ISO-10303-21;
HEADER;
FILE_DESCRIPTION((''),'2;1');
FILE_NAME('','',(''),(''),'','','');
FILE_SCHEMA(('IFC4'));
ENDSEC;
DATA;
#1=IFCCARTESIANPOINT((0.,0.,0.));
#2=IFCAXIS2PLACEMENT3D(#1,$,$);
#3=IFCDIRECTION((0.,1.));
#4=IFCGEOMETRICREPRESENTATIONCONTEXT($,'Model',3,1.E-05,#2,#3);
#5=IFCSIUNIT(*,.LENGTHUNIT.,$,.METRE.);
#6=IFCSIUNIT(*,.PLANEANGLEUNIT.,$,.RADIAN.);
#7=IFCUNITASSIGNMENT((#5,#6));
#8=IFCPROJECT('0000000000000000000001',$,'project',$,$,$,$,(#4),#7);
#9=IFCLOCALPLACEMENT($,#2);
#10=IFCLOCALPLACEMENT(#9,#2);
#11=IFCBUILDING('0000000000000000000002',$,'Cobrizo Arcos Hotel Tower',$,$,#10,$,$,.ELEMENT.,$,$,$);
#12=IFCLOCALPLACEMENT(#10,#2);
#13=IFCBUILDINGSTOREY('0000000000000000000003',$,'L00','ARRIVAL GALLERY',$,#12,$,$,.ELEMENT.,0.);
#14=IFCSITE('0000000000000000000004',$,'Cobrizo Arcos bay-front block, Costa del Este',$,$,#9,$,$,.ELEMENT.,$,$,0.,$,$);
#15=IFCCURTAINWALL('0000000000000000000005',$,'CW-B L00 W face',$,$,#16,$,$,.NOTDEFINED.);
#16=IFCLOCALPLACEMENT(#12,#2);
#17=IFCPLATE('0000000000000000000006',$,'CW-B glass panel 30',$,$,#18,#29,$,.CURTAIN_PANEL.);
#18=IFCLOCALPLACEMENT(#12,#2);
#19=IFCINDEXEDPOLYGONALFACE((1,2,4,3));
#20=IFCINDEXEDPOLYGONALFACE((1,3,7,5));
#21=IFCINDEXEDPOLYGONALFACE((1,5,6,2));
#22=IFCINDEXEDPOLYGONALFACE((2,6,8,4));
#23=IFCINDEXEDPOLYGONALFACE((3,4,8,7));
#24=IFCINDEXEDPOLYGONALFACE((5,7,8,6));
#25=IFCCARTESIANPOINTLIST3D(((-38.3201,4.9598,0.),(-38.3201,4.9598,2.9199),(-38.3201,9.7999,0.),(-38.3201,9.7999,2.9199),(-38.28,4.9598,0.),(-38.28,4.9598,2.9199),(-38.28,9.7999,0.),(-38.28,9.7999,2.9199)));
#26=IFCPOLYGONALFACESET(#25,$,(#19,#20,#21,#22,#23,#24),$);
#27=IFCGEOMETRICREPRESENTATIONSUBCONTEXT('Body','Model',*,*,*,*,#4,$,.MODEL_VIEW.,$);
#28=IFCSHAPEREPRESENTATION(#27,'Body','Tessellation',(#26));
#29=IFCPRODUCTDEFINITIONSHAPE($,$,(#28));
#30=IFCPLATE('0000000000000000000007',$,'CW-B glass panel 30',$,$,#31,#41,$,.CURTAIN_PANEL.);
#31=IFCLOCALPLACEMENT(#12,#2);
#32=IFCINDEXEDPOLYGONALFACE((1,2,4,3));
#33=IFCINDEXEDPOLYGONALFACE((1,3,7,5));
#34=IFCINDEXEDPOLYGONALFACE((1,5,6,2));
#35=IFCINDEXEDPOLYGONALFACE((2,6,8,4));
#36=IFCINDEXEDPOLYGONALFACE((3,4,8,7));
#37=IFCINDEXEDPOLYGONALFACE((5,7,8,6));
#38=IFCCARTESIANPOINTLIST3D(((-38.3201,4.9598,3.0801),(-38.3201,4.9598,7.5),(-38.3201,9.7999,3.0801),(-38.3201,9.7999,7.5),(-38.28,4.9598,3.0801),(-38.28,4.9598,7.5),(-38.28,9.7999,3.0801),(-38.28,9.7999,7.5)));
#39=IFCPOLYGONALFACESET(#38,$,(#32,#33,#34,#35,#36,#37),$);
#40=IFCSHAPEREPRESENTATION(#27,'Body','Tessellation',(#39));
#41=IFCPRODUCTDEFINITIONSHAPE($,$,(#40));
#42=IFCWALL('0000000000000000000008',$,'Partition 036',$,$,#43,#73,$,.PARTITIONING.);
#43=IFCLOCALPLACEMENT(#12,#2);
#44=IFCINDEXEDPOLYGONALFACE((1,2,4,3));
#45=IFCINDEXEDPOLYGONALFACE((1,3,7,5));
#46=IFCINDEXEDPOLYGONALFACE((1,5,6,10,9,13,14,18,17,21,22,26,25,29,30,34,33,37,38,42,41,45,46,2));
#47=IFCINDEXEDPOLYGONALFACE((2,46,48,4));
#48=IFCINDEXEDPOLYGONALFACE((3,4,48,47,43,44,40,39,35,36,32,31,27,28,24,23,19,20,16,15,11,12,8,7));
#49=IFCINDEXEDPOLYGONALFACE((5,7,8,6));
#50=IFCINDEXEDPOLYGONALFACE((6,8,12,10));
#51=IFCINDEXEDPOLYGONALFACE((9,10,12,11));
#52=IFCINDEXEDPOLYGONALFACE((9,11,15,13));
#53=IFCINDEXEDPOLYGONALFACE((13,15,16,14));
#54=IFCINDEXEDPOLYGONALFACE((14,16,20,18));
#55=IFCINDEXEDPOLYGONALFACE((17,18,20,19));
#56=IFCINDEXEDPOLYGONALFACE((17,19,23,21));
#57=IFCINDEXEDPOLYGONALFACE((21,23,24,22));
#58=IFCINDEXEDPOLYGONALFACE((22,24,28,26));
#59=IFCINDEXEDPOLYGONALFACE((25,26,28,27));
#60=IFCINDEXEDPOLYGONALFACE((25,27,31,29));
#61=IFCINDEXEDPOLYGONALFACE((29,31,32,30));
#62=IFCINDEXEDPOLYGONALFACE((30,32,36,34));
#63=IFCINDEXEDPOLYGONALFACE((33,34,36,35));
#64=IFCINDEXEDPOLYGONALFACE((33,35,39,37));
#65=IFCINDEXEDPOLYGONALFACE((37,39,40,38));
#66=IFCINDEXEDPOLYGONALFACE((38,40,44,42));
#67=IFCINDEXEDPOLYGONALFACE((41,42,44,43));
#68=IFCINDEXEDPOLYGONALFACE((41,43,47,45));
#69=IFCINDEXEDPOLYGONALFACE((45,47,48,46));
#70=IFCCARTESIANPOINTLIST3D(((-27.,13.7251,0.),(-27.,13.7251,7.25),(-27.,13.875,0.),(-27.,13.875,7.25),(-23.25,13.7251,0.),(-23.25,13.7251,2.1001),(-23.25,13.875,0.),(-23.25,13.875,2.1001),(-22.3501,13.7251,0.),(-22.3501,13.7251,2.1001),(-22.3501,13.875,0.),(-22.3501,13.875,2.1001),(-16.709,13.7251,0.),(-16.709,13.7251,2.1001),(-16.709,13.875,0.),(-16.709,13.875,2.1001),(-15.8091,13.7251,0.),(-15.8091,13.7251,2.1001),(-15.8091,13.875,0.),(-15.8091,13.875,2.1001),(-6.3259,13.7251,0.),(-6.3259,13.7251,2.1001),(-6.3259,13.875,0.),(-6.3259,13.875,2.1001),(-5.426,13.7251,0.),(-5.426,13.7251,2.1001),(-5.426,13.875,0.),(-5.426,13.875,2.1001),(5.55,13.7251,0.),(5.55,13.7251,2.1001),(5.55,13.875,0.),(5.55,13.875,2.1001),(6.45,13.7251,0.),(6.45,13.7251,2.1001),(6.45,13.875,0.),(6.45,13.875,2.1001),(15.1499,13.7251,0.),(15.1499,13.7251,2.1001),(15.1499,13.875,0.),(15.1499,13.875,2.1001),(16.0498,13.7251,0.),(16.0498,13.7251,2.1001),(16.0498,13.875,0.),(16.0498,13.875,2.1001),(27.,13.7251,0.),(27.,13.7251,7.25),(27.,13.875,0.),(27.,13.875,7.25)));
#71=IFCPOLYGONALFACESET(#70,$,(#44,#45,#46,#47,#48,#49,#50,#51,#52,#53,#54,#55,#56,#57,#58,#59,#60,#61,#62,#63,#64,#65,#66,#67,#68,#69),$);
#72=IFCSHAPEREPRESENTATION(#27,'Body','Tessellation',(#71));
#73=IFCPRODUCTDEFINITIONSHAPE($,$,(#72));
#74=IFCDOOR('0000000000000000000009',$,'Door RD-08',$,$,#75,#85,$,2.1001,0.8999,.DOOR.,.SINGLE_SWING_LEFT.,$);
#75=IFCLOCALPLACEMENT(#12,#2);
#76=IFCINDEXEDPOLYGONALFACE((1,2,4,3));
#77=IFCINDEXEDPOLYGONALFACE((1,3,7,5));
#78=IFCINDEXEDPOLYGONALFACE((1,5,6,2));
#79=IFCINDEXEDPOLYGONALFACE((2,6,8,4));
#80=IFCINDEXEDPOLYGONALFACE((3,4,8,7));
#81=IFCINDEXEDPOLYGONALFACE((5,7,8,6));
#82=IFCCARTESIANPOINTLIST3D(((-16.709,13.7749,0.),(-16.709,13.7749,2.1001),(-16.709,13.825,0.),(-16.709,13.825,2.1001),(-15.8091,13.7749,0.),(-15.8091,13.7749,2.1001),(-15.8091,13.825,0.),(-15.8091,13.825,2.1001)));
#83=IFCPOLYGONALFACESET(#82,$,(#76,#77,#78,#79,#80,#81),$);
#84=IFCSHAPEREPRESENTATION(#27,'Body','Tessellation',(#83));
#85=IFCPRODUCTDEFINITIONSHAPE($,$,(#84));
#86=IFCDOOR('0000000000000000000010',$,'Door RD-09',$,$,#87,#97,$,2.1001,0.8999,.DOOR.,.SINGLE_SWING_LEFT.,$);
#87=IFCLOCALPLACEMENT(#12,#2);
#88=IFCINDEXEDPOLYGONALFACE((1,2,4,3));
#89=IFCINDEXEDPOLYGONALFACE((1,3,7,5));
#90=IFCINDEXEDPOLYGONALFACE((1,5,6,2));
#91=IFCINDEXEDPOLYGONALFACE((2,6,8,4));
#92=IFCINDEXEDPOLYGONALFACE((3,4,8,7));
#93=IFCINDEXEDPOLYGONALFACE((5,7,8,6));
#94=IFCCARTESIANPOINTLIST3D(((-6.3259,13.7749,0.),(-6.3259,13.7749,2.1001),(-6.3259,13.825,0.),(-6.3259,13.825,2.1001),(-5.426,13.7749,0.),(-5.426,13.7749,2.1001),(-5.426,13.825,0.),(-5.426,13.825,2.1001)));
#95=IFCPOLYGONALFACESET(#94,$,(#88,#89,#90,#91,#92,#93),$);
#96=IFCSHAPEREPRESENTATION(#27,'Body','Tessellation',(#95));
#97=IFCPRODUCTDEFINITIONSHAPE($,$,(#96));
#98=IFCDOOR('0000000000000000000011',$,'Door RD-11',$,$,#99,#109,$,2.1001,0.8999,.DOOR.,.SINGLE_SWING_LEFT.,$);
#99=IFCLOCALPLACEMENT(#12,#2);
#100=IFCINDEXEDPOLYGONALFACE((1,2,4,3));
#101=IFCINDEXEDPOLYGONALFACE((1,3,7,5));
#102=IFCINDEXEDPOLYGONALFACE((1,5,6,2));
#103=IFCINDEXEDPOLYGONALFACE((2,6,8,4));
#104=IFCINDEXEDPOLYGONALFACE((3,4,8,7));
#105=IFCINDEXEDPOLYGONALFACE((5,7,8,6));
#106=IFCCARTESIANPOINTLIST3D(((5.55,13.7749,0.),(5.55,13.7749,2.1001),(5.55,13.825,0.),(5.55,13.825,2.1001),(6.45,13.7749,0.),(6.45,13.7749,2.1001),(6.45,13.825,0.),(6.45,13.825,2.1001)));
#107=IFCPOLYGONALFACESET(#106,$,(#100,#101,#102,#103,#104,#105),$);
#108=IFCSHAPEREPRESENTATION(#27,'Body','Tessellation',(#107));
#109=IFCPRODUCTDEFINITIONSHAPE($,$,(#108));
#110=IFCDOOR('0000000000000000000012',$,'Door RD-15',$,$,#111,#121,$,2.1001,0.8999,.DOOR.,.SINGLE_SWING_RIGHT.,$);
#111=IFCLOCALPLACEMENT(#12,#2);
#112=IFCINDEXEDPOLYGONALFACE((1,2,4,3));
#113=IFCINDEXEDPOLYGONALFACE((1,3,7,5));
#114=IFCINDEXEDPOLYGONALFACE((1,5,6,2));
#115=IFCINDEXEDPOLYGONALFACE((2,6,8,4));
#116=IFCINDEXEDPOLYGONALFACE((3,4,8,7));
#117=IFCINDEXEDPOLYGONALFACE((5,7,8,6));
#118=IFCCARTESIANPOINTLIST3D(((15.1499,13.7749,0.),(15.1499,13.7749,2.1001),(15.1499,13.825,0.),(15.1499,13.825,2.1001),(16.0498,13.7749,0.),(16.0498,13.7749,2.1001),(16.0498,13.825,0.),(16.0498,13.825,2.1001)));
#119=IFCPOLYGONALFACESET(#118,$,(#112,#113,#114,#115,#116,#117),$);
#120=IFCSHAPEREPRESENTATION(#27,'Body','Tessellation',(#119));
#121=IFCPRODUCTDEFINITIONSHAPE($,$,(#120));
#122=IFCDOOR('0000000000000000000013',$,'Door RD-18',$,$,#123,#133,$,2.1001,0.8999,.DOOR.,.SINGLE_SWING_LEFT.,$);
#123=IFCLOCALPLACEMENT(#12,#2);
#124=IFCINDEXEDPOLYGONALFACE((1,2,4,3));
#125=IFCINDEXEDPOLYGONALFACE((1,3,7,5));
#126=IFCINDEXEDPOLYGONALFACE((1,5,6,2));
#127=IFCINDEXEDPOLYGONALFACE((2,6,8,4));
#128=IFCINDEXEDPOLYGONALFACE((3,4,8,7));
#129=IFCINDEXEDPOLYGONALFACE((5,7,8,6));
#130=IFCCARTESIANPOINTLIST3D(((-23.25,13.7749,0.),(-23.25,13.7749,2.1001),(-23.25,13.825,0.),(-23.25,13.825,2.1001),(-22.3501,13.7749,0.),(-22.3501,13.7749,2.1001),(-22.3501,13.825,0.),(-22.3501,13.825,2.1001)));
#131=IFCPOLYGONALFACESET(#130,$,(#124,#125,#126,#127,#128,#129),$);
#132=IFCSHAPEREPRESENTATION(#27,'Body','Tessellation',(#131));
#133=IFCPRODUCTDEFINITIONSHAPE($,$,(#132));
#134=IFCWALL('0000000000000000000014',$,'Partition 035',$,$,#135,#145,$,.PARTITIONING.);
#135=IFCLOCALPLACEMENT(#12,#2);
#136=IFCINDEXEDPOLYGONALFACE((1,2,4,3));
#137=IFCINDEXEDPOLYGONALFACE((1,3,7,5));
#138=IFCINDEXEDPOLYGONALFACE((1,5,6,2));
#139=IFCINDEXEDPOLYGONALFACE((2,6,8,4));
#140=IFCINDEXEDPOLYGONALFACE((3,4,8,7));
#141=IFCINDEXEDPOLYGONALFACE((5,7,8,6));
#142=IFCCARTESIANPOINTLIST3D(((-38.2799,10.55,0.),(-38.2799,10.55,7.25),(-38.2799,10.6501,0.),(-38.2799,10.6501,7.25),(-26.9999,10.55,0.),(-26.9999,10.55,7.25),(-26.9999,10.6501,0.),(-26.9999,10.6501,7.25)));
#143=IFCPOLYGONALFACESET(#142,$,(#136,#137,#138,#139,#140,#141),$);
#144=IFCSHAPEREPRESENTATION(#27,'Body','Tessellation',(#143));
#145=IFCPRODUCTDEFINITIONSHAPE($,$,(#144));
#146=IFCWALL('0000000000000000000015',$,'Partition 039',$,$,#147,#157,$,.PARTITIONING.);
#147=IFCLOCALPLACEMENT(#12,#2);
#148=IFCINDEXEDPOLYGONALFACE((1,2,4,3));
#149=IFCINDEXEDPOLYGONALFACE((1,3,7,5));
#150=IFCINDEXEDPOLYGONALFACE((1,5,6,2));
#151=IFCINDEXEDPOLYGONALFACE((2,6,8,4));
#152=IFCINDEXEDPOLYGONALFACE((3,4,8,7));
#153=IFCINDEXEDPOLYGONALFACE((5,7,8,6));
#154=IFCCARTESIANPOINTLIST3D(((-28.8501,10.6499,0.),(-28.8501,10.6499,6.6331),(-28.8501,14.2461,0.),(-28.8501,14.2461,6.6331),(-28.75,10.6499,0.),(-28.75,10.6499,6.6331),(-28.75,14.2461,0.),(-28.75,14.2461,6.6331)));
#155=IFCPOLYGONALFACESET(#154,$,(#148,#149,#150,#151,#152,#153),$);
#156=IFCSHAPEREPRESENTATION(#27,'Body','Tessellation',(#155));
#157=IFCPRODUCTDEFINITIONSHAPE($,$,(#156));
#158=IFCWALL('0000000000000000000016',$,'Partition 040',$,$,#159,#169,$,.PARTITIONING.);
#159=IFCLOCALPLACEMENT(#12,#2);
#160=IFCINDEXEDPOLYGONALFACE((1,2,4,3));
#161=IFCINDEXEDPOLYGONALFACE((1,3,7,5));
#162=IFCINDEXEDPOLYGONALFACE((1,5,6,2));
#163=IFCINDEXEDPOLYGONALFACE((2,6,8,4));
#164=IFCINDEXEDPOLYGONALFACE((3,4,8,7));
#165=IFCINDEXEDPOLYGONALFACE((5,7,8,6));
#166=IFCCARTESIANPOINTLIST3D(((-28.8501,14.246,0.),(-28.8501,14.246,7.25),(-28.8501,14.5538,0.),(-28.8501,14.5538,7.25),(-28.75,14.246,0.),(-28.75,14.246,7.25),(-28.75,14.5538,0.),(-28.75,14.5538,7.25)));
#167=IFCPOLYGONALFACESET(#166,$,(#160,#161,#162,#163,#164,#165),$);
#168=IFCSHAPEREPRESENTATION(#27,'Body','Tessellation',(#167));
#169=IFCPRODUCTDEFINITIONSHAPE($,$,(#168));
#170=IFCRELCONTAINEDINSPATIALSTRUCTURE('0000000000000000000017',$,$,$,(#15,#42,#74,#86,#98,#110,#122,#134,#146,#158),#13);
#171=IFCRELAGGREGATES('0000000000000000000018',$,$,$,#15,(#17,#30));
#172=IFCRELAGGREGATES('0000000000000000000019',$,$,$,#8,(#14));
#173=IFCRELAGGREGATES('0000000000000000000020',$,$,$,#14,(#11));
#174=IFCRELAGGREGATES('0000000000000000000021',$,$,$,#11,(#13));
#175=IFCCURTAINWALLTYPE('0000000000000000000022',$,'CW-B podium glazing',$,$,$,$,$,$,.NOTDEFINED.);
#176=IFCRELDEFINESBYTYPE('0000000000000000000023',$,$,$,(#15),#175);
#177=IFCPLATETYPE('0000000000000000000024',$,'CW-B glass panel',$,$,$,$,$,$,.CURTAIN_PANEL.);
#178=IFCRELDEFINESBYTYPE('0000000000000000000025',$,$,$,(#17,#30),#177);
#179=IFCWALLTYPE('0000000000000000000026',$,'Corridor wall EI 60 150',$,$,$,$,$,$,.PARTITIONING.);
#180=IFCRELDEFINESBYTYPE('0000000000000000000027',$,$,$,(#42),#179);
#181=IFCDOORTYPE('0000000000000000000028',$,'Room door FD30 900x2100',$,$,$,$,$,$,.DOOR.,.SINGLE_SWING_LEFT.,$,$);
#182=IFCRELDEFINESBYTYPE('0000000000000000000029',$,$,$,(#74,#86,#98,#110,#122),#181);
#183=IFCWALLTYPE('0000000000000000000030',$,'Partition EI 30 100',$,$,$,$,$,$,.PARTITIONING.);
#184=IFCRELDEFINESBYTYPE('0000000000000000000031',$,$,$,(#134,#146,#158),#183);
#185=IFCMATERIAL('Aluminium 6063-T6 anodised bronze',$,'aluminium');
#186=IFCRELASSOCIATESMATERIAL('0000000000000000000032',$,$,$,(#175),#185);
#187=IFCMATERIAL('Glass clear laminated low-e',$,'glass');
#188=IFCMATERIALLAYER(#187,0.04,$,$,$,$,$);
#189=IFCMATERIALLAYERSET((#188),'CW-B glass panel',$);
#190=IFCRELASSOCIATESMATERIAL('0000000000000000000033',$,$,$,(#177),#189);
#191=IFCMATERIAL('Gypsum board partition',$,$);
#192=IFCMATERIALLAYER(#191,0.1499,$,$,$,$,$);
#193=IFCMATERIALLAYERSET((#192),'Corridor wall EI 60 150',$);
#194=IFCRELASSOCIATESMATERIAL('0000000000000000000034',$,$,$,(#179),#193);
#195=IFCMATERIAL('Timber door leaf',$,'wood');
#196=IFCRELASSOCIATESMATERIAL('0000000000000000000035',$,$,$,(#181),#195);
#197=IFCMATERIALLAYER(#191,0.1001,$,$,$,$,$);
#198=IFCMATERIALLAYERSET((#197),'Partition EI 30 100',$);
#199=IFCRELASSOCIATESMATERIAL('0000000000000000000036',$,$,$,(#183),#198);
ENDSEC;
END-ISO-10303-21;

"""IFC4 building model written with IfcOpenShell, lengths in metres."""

from ifc_helpers import new_model, si_unit, direction, frame, frame_2d, origin, origin_2d, place, context, subcontext, project, spatial, rectangle, extrude, material, layer, layer_set, type_object, element, fill, aggregate, save


model = new_model("IFC4")

# Units and contexts
model_context = context("Model", 3, precision=1e-05, world=origin(), true_north=direction((0.0, 1.0)))
body_context = subcontext(model_context, "Body", "Model", "MODEL_VIEW")
ifc_project = project(units=[si_unit("LENGTHUNIT", "METRE"), si_unit("PLANEANGLEUNIT", "RADIAN")], contexts=[model_context])

# Site, building, storey
site_placement = place(None, origin())
site = spatial("IfcSite", under=ifc_project, at=site_placement, Name="Cobrizo Arcos bay-front block, Costa del Este", CompositionType="ELEMENT", RefElevation=0.0)
building_placement = place(site_placement, origin())
building = spatial("IfcBuilding", under=site, at=building_placement, Name="Cobrizo Arcos Hotel Tower", CompositionType="ELEMENT")
storey_placement = place(building_placement, origin())
storey = spatial("IfcBuildingStorey", under=building, at=storey_placement, Name="L00", Description="ARRIVAL GALLERY", CompositionType="ELEMENT", Elevation=0.0)

# Curtain wall
ifc_material_1 = material(Name="Aluminium 6063-T6 anodised bronze", Category="aluminium")
curtain_wall_type = type_object("IfcCurtainWallType", Name="CW-B podium glazing", PredefinedType="NOTDEFINED", material=ifc_material_1)
curtain_wall_placement = place(storey_placement, origin())
curtain_wall = element("IfcCurtainWall", 1, at=curtain_wall_placement, inside=storey, type_object=curtain_wall_type, Name="CW-B L00 W face", PredefinedType="NOTDEFINED")

# Plates
ifc_material_2 = material(Name="Glass clear laminated low-e", Category="glass")
ifc_layer_1 = layer(ifc_material_2, 0.04)
ifc_layer_set_1 = layer_set([ifc_layer_1], Name="CW-B glass panel")
plate_type = type_object("IfcPlateType", Name="CW-B glass panel", PredefinedType="CURTAIN_PANEL", material=ifc_layer_set_1)
plate_1_placement = place(storey_placement, frame((-38.3, 7.3799, 0.0), z_axis=(0.0, 0.0, 1.0), x_axis=(0.0, -1.0, 0.0)))
plate_1 = element("IfcPlate", 2, at=plate_1_placement, type_object=plate_type, Name="CW-B glass panel 30", PredefinedType="CURTAIN_PANEL", context=body_context, shape_type="SweptSolid", body=[
    extrude(rectangle(XDim=4.8401, YDim=0.04, at=origin_2d()), origin(), (0.0, 0.0, 1.0), 2.9199),
])
plate_2_placement = place(storey_placement, frame((-38.3, 7.3799, 3.0801), z_axis=(0.0, 0.0, 1.0), x_axis=(0.0, -1.0, 0.0)))
plate_2 = element("IfcPlate", 3, at=plate_2_placement, type_object=plate_type, Name="CW-B glass panel 30", PredefinedType="CURTAIN_PANEL", context=body_context, shape_type="SweptSolid", body=[
    extrude(rectangle(XDim=4.8401, YDim=0.04, at=origin_2d()), origin(), (0.0, 0.0, 1.0), 4.4199),
])
aggregate(curtain_wall, [plate_1, plate_2])

# Wall, openings, doors
ifc_material_3 = material(Name="Gypsum board partition")
ifc_layer_2 = layer(ifc_material_3, 0.1499)
ifc_layer_set_2 = layer_set([ifc_layer_2], Name="Corridor wall EI 60 150")
wall_type_1 = type_object("IfcWallType", Name="Corridor wall EI 60 150", PredefinedType="PARTITIONING", material=ifc_layer_set_2)
wall_1_placement = place(storey_placement, frame((-27.0, 13.8, 0.0), z_axis=(0.0, 0.0, 1.0), x_axis=(1.0, 0.0, 0.0)))
wall_1 = element("IfcWall", 4, at=wall_1_placement, inside=storey, type_object=wall_type_1, Name="Partition 036", PredefinedType="PARTITIONING", context=body_context, shape_type="SweptSolid", body=[
    extrude(rectangle(XDim=54.0, YDim=0.1499, at=frame_2d((27.0, 0.0))), origin(), (0.0, 0.0, 1.0), 7.25),
])
opening_1_placement = place(wall_1_placement, frame((10.291, 0.0, 0.0)))
opening_1 = element("IfcOpeningElement", 5, at=opening_1_placement, cuts=wall_1, PredefinedType="OPENING", context=body_context, shape_type="SweptSolid", body=[
    extrude(rectangle(XDim=0.8999, YDim=2.1001, at=frame_2d((0.45, 1.05))), frame((0.0, 0.0869, 0.0), z_axis=(0.0, -1.0, 0.0), x_axis=(1.0, 0.0, 0.0)), (0.0, 0.0, 1.0), 0.1738),
])
opening_2_placement = place(wall_1_placement, frame((20.6741, 0.0, 0.0)))
opening_2 = element("IfcOpeningElement", 6, at=opening_2_placement, cuts=wall_1, PredefinedType="OPENING", context=body_context, shape_type="SweptSolid", body=[
    extrude(rectangle(XDim=0.8999, YDim=2.1001, at=frame_2d((0.45, 1.05))), frame((0.0, 0.0869, 0.0), z_axis=(0.0, -1.0, 0.0), x_axis=(1.0, 0.0, 0.0)), (0.0, 0.0, 1.0), 0.1738),
])
opening_3_placement = place(wall_1_placement, frame((32.55, 0.0, 0.0)))
opening_3 = element("IfcOpeningElement", 7, at=opening_3_placement, cuts=wall_1, PredefinedType="OPENING", context=body_context, shape_type="SweptSolid", body=[
    extrude(rectangle(XDim=0.8999, YDim=2.1001, at=frame_2d((0.45, 1.05))), frame((0.0, 0.0869, 0.0), z_axis=(0.0, -1.0, 0.0), x_axis=(1.0, 0.0, 0.0)), (0.0, 0.0, 1.0), 0.1738),
])
opening_4_placement = place(wall_1_placement, frame((42.1499, 0.0, 0.0)))
opening_4 = element("IfcOpeningElement", 8, at=opening_4_placement, cuts=wall_1, PredefinedType="OPENING", context=body_context, shape_type="SweptSolid", body=[
    extrude(rectangle(XDim=0.8999, YDim=2.1001, at=frame_2d((0.45, 1.05))), frame((0.0, 0.0869, 0.0), z_axis=(0.0, -1.0, 0.0), x_axis=(1.0, 0.0, 0.0)), (0.0, 0.0, 1.0), 0.1738),
])
opening_5_placement = place(wall_1_placement, frame((3.75, 0.0, 0.0)))
opening_5 = element("IfcOpeningElement", 9, at=opening_5_placement, cuts=wall_1, PredefinedType="OPENING", context=body_context, shape_type="SweptSolid", body=[
    extrude(rectangle(XDim=0.8999, YDim=2.1001, at=frame_2d((0.45, 1.05))), frame((0.0, 0.0869, 0.0), z_axis=(0.0, -1.0, 0.0), x_axis=(1.0, 0.0, 0.0)), (0.0, 0.0, 1.0), 0.1738),
])
ifc_material_4 = material(Name="Timber door leaf", Category="wood")
door_type_1 = type_object("IfcDoorType", Name="Room door FD30 900x2100", OperationType="SINGLE_SWING_LEFT", PredefinedType="DOOR", material=ifc_material_4)
door_1_placement = place(opening_1_placement, origin())
door_1 = element("IfcDoor", 10, at=door_1_placement, inside=storey, type_object=door_type_1, Name="Door RD-08", OperationType="SINGLE_SWING_LEFT", OverallHeight=2.1001, OverallWidth=0.8999, PredefinedType="DOOR", context=body_context, shape_type="SweptSolid", body=[
    extrude(rectangle(XDim=0.8999, YDim=2.1001, at=frame_2d((0.45, 1.05))), frame((0.0, 0.0249, 0.0), z_axis=(0.0, -1.0, 0.0), x_axis=(1.0, 0.0, 0.0)), (0.0, 0.0, 1.0), 0.05),
])
fill(opening_1, door_1)
door_2_placement = place(opening_2_placement, origin())
door_2 = element("IfcDoor", 11, at=door_2_placement, inside=storey, type_object=door_type_1, Name="Door RD-09", OperationType="SINGLE_SWING_LEFT", OverallHeight=2.1001, OverallWidth=0.8999, PredefinedType="DOOR", context=body_context, shape_type="SweptSolid", body=[
    extrude(rectangle(XDim=0.8999, YDim=2.1001, at=frame_2d((0.45, 1.05))), frame((0.0, 0.0249, 0.0), z_axis=(0.0, -1.0, 0.0), x_axis=(1.0, 0.0, 0.0)), (0.0, 0.0, 1.0), 0.05),
])
fill(opening_2, door_2)
door_3_placement = place(opening_3_placement, origin())
door_3 = element("IfcDoor", 12, at=door_3_placement, inside=storey, type_object=door_type_1, Name="Door RD-11", OperationType="SINGLE_SWING_LEFT", OverallHeight=2.1001, OverallWidth=0.8999, PredefinedType="DOOR", context=body_context, shape_type="SweptSolid", body=[
    extrude(rectangle(XDim=0.8999, YDim=2.1001, at=frame_2d((0.45, 1.05))), frame((0.0, 0.0249, 0.0), z_axis=(0.0, -1.0, 0.0), x_axis=(1.0, 0.0, 0.0)), (0.0, 0.0, 1.0), 0.05),
])
fill(opening_3, door_3)
door_4_placement = place(opening_4_placement, origin())
door_4 = element("IfcDoor", 13, at=door_4_placement, inside=storey, type_object=door_type_1, Name="Door RD-15", OperationType="SINGLE_SWING_RIGHT", OverallHeight=2.1001, OverallWidth=0.8999, PredefinedType="DOOR", context=body_context, shape_type="SweptSolid", body=[
    extrude(rectangle(XDim=0.8999, YDim=2.1001, at=frame_2d((0.45, 1.05))), frame((0.0, 0.0249, 0.0), z_axis=(0.0, -1.0, 0.0), x_axis=(1.0, 0.0, 0.0)), (0.0, 0.0, 1.0), 0.05),
])
fill(opening_4, door_4)
door_5_placement = place(opening_5_placement, origin())
door_5 = element("IfcDoor", 14, at=door_5_placement, inside=storey, type_object=door_type_1, Name="Door RD-18", OperationType="SINGLE_SWING_LEFT", OverallHeight=2.1001, OverallWidth=0.8999, PredefinedType="DOOR", context=body_context, shape_type="SweptSolid", body=[
    extrude(rectangle(XDim=0.8999, YDim=2.1001, at=frame_2d((0.45, 1.05))), frame((0.0, 0.0249, 0.0), z_axis=(0.0, -1.0, 0.0), x_axis=(1.0, 0.0, 0.0)), (0.0, 0.0, 1.0), 0.05),
])
fill(opening_5, door_5)

# Walls
ifc_layer_3 = layer(ifc_material_3, 0.1001)
ifc_layer_set_3 = layer_set([ifc_layer_3], Name="Partition EI 30 100")
wall_type_2 = type_object("IfcWallType", Name="Partition EI 30 100", PredefinedType="PARTITIONING", material=ifc_layer_set_3)
wall_2_placement = place(storey_placement, frame((-38.28, 10.6001, 0.0), z_axis=(0.0, 0.0, 1.0), x_axis=(1.0, 0.0, 0.0)))
element("IfcWall", 15, at=wall_2_placement, inside=storey, type_object=wall_type_2, Name="Partition 035", PredefinedType="PARTITIONING", context=body_context, shape_type="SweptSolid", body=[
    extrude(rectangle(XDim=11.28, YDim=0.1001, at=frame_2d((5.6401, 0.0))), origin(), (0.0, 0.0, 1.0), 7.25),
])
wall_3_placement = place(storey_placement, frame((-28.8, 10.6499, 0.0), z_axis=(0.0, 0.0, 1.0), x_axis=(0.0, 1.0, 0.0)))
element("IfcWall", 16, at=wall_3_placement, inside=storey, type_object=wall_type_2, Name="Partition 039", PredefinedType="PARTITIONING", context=body_context, shape_type="SweptSolid", body=[
    extrude(rectangle(XDim=3.5962, YDim=0.1001, at=frame_2d((1.7981, 0.0))), origin(), (0.0, 0.0, 1.0), 6.6331),
])
wall_4_placement = place(storey_placement, frame((-28.8, 14.2461, 0.0), z_axis=(0.0, 0.0, 1.0), x_axis=(0.0, 1.0, 0.0)))
element("IfcWall", 17, at=wall_4_placement, inside=storey, type_object=wall_type_2, Name="Partition 040", PredefinedType="PARTITIONING", context=body_context, shape_type="SweptSolid", body=[
    extrude(rectangle(XDim=0.3079, YDim=0.1001, at=frame_2d((0.1538, 0.0))), origin(), (0.0, 0.0, 1.0), 7.25),
])

save(model, "model.ifc")
